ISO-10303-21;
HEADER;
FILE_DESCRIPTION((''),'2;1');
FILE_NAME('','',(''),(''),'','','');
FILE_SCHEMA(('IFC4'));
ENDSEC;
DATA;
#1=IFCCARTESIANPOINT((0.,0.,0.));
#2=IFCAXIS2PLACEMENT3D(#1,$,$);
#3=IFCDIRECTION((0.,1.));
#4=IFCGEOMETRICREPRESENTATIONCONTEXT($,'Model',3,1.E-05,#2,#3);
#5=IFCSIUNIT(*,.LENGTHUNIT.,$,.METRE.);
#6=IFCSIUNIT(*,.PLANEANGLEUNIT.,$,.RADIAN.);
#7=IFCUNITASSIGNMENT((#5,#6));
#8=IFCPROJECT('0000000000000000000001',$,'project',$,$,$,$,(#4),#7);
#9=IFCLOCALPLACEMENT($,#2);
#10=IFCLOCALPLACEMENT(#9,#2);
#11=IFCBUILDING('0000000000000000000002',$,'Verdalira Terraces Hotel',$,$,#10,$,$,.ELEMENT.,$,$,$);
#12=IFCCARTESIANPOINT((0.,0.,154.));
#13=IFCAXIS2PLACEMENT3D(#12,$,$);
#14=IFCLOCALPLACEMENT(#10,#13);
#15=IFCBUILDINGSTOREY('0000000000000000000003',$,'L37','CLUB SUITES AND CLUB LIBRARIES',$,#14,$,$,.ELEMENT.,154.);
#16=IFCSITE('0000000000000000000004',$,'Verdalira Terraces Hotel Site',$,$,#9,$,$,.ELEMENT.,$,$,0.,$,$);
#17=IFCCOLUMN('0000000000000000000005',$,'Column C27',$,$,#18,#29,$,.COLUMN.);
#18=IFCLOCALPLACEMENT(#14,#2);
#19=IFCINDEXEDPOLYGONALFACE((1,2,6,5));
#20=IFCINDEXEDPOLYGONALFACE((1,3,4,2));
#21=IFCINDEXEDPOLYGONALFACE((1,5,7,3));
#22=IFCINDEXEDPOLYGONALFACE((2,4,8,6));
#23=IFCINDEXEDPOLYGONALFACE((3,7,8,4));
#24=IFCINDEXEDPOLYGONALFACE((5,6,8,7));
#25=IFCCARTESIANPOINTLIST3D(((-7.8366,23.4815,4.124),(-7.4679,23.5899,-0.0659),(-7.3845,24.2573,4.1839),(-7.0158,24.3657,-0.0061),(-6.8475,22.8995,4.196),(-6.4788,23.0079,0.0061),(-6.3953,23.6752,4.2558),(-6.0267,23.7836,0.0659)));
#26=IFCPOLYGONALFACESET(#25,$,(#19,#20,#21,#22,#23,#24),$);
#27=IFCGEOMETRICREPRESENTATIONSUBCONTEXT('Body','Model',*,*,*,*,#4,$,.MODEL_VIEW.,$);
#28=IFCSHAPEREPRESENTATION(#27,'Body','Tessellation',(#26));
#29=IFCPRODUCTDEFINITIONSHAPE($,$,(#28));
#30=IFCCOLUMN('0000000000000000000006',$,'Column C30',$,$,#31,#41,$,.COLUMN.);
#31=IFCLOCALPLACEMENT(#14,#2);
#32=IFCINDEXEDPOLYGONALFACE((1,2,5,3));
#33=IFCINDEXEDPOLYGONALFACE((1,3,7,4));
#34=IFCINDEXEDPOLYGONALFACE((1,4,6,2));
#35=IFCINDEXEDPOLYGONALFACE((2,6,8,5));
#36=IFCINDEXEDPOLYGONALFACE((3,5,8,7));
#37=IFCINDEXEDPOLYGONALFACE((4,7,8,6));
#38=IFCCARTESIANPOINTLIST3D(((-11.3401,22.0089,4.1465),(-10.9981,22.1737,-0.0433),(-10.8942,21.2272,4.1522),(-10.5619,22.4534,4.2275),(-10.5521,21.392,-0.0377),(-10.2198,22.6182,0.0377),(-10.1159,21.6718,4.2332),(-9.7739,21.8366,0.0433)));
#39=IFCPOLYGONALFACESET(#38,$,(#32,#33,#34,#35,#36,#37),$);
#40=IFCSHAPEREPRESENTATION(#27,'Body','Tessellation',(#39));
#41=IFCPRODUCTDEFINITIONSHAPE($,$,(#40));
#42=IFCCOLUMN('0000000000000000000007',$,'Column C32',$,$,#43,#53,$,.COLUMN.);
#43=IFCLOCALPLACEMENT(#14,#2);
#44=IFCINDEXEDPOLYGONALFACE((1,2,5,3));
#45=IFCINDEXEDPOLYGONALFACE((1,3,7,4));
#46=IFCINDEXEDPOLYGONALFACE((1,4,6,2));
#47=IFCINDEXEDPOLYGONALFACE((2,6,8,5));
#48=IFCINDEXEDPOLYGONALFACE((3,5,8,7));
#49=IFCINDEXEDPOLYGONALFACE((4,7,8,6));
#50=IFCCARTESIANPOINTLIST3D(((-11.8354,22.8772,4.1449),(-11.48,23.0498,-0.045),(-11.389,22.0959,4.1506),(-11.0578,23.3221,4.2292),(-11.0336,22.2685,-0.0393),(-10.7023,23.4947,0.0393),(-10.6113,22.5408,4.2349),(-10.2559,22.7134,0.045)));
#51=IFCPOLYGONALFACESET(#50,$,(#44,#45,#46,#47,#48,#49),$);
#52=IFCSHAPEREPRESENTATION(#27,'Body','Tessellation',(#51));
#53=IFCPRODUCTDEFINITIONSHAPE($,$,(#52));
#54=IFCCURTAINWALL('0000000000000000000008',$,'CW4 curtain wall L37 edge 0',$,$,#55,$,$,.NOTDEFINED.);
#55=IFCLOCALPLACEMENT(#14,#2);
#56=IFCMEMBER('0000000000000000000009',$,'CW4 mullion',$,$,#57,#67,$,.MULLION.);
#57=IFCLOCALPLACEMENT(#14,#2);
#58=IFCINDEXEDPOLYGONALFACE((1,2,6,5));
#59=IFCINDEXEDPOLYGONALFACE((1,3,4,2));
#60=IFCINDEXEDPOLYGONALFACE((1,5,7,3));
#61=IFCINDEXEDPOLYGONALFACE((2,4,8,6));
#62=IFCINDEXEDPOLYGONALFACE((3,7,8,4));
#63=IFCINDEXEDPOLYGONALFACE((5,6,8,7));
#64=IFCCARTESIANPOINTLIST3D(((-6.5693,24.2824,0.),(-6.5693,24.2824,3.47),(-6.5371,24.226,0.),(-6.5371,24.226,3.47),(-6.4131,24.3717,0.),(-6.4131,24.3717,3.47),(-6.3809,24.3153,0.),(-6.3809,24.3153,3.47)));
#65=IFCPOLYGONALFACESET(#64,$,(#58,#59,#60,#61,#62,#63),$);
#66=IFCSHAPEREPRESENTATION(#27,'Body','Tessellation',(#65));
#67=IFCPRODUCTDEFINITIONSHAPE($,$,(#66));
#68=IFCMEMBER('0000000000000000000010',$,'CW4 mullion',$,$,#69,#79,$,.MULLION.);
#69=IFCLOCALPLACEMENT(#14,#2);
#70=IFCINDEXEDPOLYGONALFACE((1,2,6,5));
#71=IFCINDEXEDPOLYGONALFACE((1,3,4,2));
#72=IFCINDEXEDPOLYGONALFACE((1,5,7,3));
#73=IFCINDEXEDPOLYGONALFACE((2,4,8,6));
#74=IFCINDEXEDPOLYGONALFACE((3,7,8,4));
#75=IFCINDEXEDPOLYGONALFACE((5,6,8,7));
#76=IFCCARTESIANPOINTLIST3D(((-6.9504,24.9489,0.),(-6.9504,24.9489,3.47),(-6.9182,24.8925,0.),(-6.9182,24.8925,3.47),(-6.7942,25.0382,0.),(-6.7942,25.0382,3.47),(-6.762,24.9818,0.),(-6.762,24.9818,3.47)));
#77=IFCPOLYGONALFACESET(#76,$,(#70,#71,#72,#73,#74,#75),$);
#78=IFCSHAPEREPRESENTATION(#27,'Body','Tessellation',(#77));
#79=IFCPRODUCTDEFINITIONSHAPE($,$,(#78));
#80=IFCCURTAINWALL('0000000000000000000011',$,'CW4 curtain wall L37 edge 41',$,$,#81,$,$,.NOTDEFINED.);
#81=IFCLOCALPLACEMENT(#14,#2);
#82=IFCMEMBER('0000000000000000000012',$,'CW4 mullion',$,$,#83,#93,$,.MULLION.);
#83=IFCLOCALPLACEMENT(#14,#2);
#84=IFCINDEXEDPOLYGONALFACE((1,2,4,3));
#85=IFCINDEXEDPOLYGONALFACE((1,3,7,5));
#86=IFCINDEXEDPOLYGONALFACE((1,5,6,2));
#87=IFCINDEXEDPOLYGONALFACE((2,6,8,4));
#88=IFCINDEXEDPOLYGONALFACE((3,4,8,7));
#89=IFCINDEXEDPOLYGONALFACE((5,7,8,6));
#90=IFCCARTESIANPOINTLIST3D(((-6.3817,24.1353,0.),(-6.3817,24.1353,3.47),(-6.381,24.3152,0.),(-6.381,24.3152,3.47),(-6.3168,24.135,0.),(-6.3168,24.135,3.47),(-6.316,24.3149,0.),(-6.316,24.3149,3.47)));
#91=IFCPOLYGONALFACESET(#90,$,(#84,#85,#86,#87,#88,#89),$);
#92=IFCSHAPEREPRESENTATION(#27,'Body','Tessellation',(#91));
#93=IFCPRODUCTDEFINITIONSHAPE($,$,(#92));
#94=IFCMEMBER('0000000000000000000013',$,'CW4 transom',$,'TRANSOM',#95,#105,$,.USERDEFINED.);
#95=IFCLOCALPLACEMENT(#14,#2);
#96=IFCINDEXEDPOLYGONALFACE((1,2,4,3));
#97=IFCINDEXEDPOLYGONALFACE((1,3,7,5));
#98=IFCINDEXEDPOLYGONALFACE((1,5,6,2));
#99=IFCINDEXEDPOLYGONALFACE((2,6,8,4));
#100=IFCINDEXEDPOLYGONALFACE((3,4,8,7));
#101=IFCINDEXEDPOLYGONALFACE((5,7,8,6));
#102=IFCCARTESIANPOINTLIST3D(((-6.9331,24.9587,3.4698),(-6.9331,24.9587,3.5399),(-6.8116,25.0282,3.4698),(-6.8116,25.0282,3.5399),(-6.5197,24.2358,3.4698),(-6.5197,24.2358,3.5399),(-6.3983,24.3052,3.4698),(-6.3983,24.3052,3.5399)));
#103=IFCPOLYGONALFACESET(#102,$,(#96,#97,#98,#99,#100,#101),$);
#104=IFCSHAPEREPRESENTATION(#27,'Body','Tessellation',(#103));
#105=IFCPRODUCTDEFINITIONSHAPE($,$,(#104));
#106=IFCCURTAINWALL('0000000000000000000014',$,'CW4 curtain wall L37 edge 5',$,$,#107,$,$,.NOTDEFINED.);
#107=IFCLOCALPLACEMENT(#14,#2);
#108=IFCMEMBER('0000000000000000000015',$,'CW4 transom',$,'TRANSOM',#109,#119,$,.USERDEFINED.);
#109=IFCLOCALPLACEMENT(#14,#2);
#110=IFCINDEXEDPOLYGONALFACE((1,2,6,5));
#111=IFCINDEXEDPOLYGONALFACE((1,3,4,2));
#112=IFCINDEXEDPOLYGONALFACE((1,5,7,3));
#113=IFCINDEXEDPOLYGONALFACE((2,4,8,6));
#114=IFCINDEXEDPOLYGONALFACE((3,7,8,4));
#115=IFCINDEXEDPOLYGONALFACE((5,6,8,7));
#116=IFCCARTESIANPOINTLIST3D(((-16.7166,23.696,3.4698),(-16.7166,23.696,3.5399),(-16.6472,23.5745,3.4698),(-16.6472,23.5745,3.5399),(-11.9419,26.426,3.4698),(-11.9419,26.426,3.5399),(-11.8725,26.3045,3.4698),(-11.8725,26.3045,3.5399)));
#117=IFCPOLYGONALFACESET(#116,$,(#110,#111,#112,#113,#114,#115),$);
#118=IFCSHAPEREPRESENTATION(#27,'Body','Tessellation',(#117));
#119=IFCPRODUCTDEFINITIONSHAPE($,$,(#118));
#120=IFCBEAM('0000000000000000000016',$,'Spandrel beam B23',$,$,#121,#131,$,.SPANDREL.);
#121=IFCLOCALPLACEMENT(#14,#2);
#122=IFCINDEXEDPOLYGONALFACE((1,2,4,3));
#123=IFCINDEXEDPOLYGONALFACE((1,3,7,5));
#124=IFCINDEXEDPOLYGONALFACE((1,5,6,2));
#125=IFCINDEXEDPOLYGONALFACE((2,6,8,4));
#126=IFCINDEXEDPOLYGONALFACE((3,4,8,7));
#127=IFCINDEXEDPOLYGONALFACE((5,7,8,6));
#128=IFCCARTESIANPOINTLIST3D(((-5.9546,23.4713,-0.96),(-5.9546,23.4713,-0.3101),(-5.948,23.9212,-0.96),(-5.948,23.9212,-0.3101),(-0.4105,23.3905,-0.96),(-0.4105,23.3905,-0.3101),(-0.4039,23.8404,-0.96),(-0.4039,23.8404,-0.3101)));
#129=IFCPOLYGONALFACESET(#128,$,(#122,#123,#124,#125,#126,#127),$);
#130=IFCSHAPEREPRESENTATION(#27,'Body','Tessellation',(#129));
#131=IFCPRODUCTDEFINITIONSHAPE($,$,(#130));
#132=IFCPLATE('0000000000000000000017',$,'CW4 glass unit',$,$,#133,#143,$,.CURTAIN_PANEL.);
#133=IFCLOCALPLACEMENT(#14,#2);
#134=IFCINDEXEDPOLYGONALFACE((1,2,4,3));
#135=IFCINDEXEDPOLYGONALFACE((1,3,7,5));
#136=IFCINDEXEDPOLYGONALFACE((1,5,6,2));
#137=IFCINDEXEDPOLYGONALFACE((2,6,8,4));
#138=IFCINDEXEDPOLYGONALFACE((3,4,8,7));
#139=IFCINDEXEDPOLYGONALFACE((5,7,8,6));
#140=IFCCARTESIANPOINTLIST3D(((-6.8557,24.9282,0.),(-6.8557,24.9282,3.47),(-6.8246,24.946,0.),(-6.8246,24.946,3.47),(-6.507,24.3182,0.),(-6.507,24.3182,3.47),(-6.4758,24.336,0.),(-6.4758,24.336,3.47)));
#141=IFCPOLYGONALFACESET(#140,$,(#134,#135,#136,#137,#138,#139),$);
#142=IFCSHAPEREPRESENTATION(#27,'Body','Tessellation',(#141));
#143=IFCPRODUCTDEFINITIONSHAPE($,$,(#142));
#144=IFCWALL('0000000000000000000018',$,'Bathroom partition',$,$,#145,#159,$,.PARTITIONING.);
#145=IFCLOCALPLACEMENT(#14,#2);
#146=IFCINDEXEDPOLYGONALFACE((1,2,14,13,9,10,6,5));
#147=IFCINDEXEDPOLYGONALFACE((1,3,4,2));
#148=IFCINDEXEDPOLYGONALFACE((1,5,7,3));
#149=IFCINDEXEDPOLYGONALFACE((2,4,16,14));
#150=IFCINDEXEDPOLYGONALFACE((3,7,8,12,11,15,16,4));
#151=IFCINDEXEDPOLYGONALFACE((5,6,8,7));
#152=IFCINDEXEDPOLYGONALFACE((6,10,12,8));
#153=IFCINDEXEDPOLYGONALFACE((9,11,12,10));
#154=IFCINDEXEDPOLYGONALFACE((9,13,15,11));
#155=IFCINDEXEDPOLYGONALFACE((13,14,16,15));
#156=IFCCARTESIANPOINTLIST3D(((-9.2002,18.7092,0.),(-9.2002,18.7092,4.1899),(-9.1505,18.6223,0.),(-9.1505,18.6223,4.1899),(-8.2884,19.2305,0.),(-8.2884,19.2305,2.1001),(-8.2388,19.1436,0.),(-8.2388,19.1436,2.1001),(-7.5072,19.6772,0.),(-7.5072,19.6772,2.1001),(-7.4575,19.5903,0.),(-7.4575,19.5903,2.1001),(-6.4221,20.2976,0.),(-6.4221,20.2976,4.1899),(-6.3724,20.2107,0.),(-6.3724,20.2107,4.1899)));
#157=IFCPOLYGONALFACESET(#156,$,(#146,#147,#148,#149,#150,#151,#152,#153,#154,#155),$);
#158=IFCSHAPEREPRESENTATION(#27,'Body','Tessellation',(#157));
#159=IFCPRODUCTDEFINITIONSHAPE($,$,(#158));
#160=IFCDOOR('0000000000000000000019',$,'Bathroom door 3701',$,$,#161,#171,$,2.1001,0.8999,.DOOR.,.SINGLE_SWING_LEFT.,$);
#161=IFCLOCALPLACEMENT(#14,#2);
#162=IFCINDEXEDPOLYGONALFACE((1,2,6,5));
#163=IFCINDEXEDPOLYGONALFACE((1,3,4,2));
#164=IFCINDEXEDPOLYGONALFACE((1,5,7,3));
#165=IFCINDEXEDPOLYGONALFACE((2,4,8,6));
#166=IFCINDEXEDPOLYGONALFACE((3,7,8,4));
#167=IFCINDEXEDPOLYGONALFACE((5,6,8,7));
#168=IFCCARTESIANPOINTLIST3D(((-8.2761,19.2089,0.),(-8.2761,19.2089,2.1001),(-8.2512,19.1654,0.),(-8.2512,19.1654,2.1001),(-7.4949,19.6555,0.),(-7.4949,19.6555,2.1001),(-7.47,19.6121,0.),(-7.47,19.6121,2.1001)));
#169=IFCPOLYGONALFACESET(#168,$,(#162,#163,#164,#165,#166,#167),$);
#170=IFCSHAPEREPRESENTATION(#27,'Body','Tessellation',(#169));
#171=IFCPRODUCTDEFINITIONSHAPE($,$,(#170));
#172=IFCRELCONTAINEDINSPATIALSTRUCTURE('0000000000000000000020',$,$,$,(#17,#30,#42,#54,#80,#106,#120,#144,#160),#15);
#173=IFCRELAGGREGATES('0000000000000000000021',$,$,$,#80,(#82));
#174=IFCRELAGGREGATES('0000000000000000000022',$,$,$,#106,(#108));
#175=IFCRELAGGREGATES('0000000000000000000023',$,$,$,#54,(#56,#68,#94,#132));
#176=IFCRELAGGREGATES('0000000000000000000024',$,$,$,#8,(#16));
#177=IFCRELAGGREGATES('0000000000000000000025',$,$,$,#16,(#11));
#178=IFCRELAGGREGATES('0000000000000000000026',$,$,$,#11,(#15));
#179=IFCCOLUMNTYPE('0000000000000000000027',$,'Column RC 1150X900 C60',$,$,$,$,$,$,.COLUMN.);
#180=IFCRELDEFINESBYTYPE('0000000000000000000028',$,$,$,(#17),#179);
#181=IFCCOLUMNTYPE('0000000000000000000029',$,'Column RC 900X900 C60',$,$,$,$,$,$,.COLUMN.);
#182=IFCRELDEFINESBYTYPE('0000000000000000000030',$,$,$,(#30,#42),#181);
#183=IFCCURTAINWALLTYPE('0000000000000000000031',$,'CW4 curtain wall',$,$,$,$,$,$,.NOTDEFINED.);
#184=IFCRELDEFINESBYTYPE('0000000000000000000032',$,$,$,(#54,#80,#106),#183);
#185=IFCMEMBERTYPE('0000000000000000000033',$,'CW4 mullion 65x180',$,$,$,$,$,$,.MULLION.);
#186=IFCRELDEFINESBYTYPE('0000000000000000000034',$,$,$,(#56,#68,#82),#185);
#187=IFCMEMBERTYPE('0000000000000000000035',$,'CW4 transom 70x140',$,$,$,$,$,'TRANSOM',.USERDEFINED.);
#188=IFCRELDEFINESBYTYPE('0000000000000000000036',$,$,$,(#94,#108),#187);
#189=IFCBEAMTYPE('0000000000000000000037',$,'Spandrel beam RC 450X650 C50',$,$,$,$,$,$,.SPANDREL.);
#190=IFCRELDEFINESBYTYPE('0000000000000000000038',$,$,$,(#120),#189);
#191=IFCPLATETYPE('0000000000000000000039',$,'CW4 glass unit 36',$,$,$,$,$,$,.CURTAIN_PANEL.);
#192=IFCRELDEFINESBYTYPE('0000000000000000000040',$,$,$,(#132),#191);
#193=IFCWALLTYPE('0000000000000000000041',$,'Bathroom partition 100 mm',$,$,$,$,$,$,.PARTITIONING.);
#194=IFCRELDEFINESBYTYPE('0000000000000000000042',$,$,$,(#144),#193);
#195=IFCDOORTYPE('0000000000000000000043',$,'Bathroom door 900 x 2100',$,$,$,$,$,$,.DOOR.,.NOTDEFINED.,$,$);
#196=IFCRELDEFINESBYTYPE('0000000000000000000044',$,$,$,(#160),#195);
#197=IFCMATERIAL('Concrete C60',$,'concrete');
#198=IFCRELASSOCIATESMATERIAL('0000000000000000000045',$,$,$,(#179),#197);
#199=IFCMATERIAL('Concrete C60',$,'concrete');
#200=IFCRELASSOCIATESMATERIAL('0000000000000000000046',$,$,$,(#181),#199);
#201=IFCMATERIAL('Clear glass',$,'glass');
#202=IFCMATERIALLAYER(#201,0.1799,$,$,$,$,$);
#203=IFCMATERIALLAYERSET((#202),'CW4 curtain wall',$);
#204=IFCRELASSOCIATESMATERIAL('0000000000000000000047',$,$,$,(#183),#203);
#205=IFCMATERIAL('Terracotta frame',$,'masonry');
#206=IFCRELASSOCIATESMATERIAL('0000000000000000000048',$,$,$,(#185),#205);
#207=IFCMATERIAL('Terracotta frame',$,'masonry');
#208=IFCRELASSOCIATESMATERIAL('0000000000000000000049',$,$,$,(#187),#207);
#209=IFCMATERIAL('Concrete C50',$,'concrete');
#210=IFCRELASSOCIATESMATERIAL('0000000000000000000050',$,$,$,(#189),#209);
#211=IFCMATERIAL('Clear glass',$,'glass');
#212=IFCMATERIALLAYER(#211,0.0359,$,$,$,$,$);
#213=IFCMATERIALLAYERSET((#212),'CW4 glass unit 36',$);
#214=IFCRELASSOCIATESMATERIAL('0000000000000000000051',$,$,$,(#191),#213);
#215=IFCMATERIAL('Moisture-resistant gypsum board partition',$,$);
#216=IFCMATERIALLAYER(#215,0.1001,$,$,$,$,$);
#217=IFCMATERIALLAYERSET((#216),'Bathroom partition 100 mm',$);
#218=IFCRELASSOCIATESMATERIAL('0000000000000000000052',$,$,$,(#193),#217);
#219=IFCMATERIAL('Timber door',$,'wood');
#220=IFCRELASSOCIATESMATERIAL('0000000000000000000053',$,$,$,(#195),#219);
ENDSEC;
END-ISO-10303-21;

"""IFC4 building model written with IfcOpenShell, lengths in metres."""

from ifc_helpers import new_model, si_unit, direction, frame, frame_2d, origin, origin_2d, place, context, subcontext, project, spatial, rectangle, extrude, material, layer, layer_set, material_profile, profile_set, type_object, element, fill, aggregate, save


model = new_model("IFC4")

# Units and contexts
model_context = context("Model", 3, precision=1e-05, world=origin(), true_north=direction((0.0, 1.0)))
body_context = subcontext(model_context, "Body", "Model", "MODEL_VIEW")
ifc_project = project(units=[si_unit("LENGTHUNIT", "METRE"), si_unit("PLANEANGLEUNIT", "RADIAN")], contexts=[model_context])

# Site, building, storey
site_placement = place(None, origin())
site = spatial("IfcSite", under=ifc_project, at=site_placement, Name="Verdalira Terraces Hotel Site", CompositionType="ELEMENT", RefElevation=0.0)
building_placement = place(site_placement, origin())
building = spatial("IfcBuilding", under=site, at=building_placement, Name="Verdalira Terraces Hotel", CompositionType="ELEMENT")
storey_placement = place(building_placement, frame((0.0, 0.0, 154.0)))
storey = spatial("IfcBuildingStorey", under=building, at=storey_placement, Name="L37", Description="CLUB SUITES AND CLUB LIBRARIES", CompositionType="ELEMENT", Elevation=154.0)

# Columns
ifc_material_1 = material(Name="Concrete C60", Category="concrete")
ifc_material_profile_1 = material_profile(ifc_material_1, rectangle(XDim=1.1499, YDim=0.8999, at=origin_2d()), Name="RC 1150X900")
ifc_profile_set_1 = profile_set([ifc_material_profile_1], Name="Concrete C60")
column_type_1 = type_object("IfcColumnType", Name="Column RC 1150X900 C60", PredefinedType="COLUMN", material=ifc_profile_set_1)
column_1_placement = place(storey_placement, frame((-6.7473, 23.6868, 0.0), z_axis=(-0.087617, -0.025763, 0.995821), x_axis=(0.860171, -0.50615, 0.062588)))
element("IfcColumn", 1, at=column_1_placement, inside=storey, type_object=column_type_1, Name="Column C27", PredefinedType="COLUMN", context=body_context, shape_type="SweptSolid", body=[
    extrude(rectangle(XDim=1.1499, YDim=0.8999, at=origin_2d()), origin(), (0.0, 0.0, 1.0), 4.2075),
])
ifc_material_2 = material(Name="Concrete C60", Category="concrete")
ifc_material_profile_2 = material_profile(ifc_material_2, rectangle(XDim=0.8999, YDim=0.8999, at=origin_2d()), Name="RC 900X900")
ifc_profile_set_2 = profile_set([ifc_material_profile_2], Name="Concrete C60")
column_type_2 = type_object("IfcColumnType", Name="Column RC 900X900 C60", PredefinedType="COLUMN", material=ifc_profile_set_2)
column_2_placement = place(storey_placement, frame((-10.386, 22.0051, 0.0), z_axis=(-0.081301, -0.039171, 0.99592), x_axis=(-0.495536, 0.868565, -0.006291)))
element("IfcColumn", 2, at=column_2_placement, inside=storey, type_object=column_type_2, Name="Column C30", PredefinedType="COLUMN", context=body_context, shape_type="SweptSolid", body=[
    extrude(rectangle(XDim=0.8999, YDim=0.8999, at=origin_2d()), origin(), (0.0, 0.0, 1.0), 4.207),
])
column_3_placement = place(storey_placement, frame((-10.8679, 22.8816, 0.0), z_axis=(-0.084464, -0.041014, 0.995582), x_axis=(-0.496059, 0.868266, -0.006316)))
element("IfcColumn", 3, at=column_3_placement, inside=storey, type_object=column_type_2, Name="Column C32", PredefinedType="COLUMN", context=body_context, shape_type="SweptSolid", body=[
    extrude(rectangle(XDim=0.8999, YDim=0.8999, at=origin_2d()), origin(), (0.0, 0.0, 1.0), 4.2085),
])

# Curtain wall, members
ifc_material_3 = material(Name="Clear glass", Category="glass")
ifc_layer_1 = layer(ifc_material_3, 0.1799)
ifc_layer_set_1 = layer_set([ifc_layer_1], Name="CW4 curtain wall")
curtain_wall_type = type_object("IfcCurtainWallType", Name="CW4 curtain wall", PredefinedType="NOTDEFINED", material=ifc_layer_set_1)
curtain_wall_1_placement = place(storey_placement, origin())
curtain_wall_1 = element("IfcCurtainWall", 4, at=curtain_wall_1_placement, inside=storey, type_object=curtain_wall_type, Name="CW4 curtain wall L37 edge 0", PredefinedType="NOTDEFINED")
ifc_material_4 = material(Name="Terracotta frame", Category="masonry")
ifc_material_profile_3 = material_profile(ifc_material_4, rectangle(XDim=0.0649, YDim=0.1799, at=origin_2d()), Name="MU 65x180")
ifc_profile_set_3 = profile_set([ifc_material_profile_3], Name="Terracotta frame")
member_type_1 = type_object("IfcMemberType", Name="CW4 mullion 65x180", PredefinedType="MULLION", material=ifc_profile_set_3)
member_1_placement = place(storey_placement, frame((-6.4751, 24.2988, 0.0), z_axis=(0.0, 0.0, 1.0), x_axis=(-0.496368, 0.868112, 0.0)))
member_1 = element("IfcMember", 5, at=member_1_placement, type_object=member_type_1, Name="CW4 mullion", PredefinedType="MULLION", context=body_context, shape_type="SweptSolid", body=[
    extrude(rectangle(XDim=0.0649, YDim=0.1799, at=origin_2d()), origin(), (0.0, 0.0, 1.0), 3.47),
])
member_2_placement = place(storey_placement, frame((-6.8562, 24.9653, 0.0), z_axis=(0.0, 0.0, 1.0), x_axis=(-0.496368, 0.868112, 0.0)))
member_2 = element("IfcMember", 6, at=member_2_placement, type_object=member_type_1, Name="CW4 mullion", PredefinedType="MULLION", context=body_context, shape_type="SweptSolid", body=[
    extrude(rectangle(XDim=0.0649, YDim=0.1799, at=origin_2d()), origin(), (0.0, 0.0, 1.0), 3.47),
])

# Curtain wall, member
curtain_wall_2_placement = place(storey_placement, origin())
curtain_wall_2 = element("IfcCurtainWall", 7, at=curtain_wall_2_placement, inside=storey, type_object=curtain_wall_type, Name="CW4 curtain wall L37 edge 41", PredefinedType="NOTDEFINED")
member_3_placement = place(storey_placement, frame((-6.3489, 24.2251, 0.0), z_axis=(0.0, 0.0, 1.0), x_axis=(-0.999991, 0.004189, 0.0)))
member_3 = element("IfcMember", 8, at=member_3_placement, type_object=member_type_1, Name="CW4 mullion", PredefinedType="MULLION", context=body_context, shape_type="SweptSolid", body=[
    extrude(rectangle(XDim=0.0649, YDim=0.1799, at=origin_2d()), origin(), (0.0, 0.0, 1.0), 3.47),
])
aggregate(curtain_wall_2, [member_3])

# Member
ifc_material_5 = material(Name="Terracotta frame", Category="masonry")
ifc_material_profile_4 = material_profile(ifc_material_5, rectangle(XDim=0.1399, YDim=0.0701, at=origin_2d()), Name="TR 70x140")
ifc_profile_set_4 = profile_set([ifc_material_profile_4], Name="Terracotta frame")
member_type_2 = type_object("IfcMemberType", Name="CW4 transom 70x140", ElementType="TRANSOM", PredefinedType="USERDEFINED", material=ifc_profile_set_4)
member_4_placement = place(storey_placement, frame((-6.459, 24.2705, 3.5049), z_axis=(-0.49636, 0.868117, 0.0), x_axis=(-0.868117, -0.49636, 0.0)))
member_4 = element("IfcMember", 9, at=member_4_placement, type_object=member_type_2, Name="CW4 transom", ObjectType="TRANSOM", PredefinedType="USERDEFINED", context=body_context, shape_type="SweptSolid", body=[
    extrude(rectangle(XDim=0.1399, YDim=0.0701, at=origin_2d()), origin(), (0.0, 0.0, 1.0), 0.8328),
])

# Curtain wall, member
curtain_wall_3_placement = place(storey_placement, origin())
curtain_wall_3 = element("IfcCurtainWall", 10, at=curtain_wall_3_placement, inside=storey, type_object=curtain_wall_type, Name="CW4 curtain wall L37 edge 5", PredefinedType="NOTDEFINED")
member_5_placement = place(storey_placement, frame((-11.9072, 26.3652, 3.5049), z_axis=(-0.868117, -0.496359, 0.0), x_axis=(0.496359, -0.868117, 0.0)))
member_5 = element("IfcMember", 11, at=member_5_placement, type_object=member_type_2, Name="CW4 transom", ObjectType="TRANSOM", PredefinedType="USERDEFINED", context=body_context, shape_type="SweptSolid", body=[
    extrude(rectangle(XDim=0.1399, YDim=0.0701, at=origin_2d()), origin(), (0.0, 0.0, 1.0), 5.5),
])
aggregate(curtain_wall_3, [member_5])

# Beam
ifc_material_6 = material(Name="Concrete C50", Category="concrete")
ifc_material_profile_5 = material_profile(ifc_material_6, rectangle(XDim=0.45, YDim=0.6499, at=origin_2d()), Name="RC 450X650")
ifc_profile_set_5 = profile_set([ifc_material_profile_5], Name="Concrete C50")
beam_type = type_object("IfcBeamType", Name="Spandrel beam RC 450X650 C50", PredefinedType="SPANDREL", material=ifc_profile_set_5)
beam_placement = place(storey_placement, frame((-0.4072, 23.6155, -0.635), z_axis=(-0.999894, 0.014574, 0.0), x_axis=(-0.014574, -0.999894, 0.0)))
element("IfcBeam", 12, at=beam_placement, inside=storey, type_object=beam_type, Name="Spandrel beam B23", PredefinedType="SPANDREL", context=body_context, shape_type="SweptSolid", body=[
    extrude(rectangle(XDim=0.45, YDim=0.6499, at=origin_2d()), origin(), (0.0, 0.0, 1.0), 5.5447),
])

# Plate
ifc_material_7 = material(Name="Clear glass", Category="glass")
ifc_layer_2 = layer(ifc_material_7, 0.0359)
ifc_layer_set_2 = layer_set([ifc_layer_2], Name="CW4 glass unit 36")
plate_type = type_object("IfcPlateType", Name="CW4 glass unit 36", PredefinedType="CURTAIN_PANEL", material=ifc_layer_set_2)
plate_placement = place(storey_placement, frame((-6.6658, 24.6321, 0.0), z_axis=(0.0, 0.0, 1.0), x_axis=(-0.496368, 0.868112, 0.0)))
plate = element("IfcPlate", 13, at=plate_placement, type_object=plate_type, Name="CW4 glass unit", PredefinedType="CURTAIN_PANEL", context=body_context, shape_type="SweptSolid", body=[
    extrude(rectangle(XDim=0.7026, YDim=0.0359, at=origin_2d()), origin(), (0.0, 0.0, 1.0), 3.47),
])
aggregate(curtain_wall_1, [member_1, member_2, member_4, plate])

# Wall, opening, door
ifc_material_8 = material(Name="Moisture-resistant gypsum board partition")
ifc_layer_3 = layer(ifc_material_8, 0.1001)
ifc_layer_set_3 = layer_set([ifc_layer_3], Name="Bathroom partition 100 mm")
wall_type_1 = type_object("IfcWallType", Name="Bathroom partition 100 mm", PredefinedType="PARTITIONING", material=ifc_layer_set_3)
wall_1_placement = place(storey_placement, frame((-6.3972, 20.2541, 0.0), z_axis=(0.0, 0.0, 1.0), x_axis=(-0.868121, -0.496353, 0.0)))
wall_1 = element("IfcWall", 14, at=wall_1_placement, inside=storey, type_object=wall_type_1, Name="Bathroom partition", PredefinedType="PARTITIONING", context=body_context, shape_type="SweptSolid", body=[
    extrude(rectangle(XDim=3.2002, YDim=0.1001, at=frame_2d((1.6001, 0.0))), origin(), (0.0, 0.0, 1.0), 4.1899),
])
opening_1_placement = place(wall_1_placement, frame((1.25, 0.0, 0.0)))
opening_1 = element("IfcOpeningElement", 15, at=opening_1_placement, cuts=wall_1, PredefinedType="OPENING", context=body_context, shape_type="SweptSolid", body=[
    extrude(rectangle(XDim=0.8999, YDim=2.1001, at=frame_2d((0.45, 1.05))), frame((0.0, 0.0601, 0.0), z_axis=(0.0, -1.0, 0.0), x_axis=(1.0, 0.0, 0.0)), (0.0, 0.0, 1.0), 0.1201),
])
ifc_material_9 = material(Name="Timber door", Category="wood")
door_type_1 = type_object("IfcDoorType", Name="Bathroom door 900 x 2100", OperationType="NOTDEFINED", PredefinedType="DOOR", material=ifc_material_9)
door_1_placement = place(opening_1_placement, origin())
door_1 = element("IfcDoor", 16, at=door_1_placement, inside=storey, type_object=door_type_1, Name="Bathroom door 3701", OperationType="SINGLE_SWING_LEFT", OverallHeight=2.1001, OverallWidth=0.8999, PredefinedType="DOOR", context=body_context, shape_type="SweptSolid", body=[
    extrude(rectangle(XDim=0.8999, YDim=2.1001, at=frame_2d((0.45, 1.05))), frame((0.0, 0.0249, 0.0), z_axis=(0.0, -1.0, 0.0), x_axis=(1.0, 0.0, 0.0)), (0.0, 0.0, 1.0), 0.05),
])
fill(opening_1, door_1)

save(model, "model.ifc")
